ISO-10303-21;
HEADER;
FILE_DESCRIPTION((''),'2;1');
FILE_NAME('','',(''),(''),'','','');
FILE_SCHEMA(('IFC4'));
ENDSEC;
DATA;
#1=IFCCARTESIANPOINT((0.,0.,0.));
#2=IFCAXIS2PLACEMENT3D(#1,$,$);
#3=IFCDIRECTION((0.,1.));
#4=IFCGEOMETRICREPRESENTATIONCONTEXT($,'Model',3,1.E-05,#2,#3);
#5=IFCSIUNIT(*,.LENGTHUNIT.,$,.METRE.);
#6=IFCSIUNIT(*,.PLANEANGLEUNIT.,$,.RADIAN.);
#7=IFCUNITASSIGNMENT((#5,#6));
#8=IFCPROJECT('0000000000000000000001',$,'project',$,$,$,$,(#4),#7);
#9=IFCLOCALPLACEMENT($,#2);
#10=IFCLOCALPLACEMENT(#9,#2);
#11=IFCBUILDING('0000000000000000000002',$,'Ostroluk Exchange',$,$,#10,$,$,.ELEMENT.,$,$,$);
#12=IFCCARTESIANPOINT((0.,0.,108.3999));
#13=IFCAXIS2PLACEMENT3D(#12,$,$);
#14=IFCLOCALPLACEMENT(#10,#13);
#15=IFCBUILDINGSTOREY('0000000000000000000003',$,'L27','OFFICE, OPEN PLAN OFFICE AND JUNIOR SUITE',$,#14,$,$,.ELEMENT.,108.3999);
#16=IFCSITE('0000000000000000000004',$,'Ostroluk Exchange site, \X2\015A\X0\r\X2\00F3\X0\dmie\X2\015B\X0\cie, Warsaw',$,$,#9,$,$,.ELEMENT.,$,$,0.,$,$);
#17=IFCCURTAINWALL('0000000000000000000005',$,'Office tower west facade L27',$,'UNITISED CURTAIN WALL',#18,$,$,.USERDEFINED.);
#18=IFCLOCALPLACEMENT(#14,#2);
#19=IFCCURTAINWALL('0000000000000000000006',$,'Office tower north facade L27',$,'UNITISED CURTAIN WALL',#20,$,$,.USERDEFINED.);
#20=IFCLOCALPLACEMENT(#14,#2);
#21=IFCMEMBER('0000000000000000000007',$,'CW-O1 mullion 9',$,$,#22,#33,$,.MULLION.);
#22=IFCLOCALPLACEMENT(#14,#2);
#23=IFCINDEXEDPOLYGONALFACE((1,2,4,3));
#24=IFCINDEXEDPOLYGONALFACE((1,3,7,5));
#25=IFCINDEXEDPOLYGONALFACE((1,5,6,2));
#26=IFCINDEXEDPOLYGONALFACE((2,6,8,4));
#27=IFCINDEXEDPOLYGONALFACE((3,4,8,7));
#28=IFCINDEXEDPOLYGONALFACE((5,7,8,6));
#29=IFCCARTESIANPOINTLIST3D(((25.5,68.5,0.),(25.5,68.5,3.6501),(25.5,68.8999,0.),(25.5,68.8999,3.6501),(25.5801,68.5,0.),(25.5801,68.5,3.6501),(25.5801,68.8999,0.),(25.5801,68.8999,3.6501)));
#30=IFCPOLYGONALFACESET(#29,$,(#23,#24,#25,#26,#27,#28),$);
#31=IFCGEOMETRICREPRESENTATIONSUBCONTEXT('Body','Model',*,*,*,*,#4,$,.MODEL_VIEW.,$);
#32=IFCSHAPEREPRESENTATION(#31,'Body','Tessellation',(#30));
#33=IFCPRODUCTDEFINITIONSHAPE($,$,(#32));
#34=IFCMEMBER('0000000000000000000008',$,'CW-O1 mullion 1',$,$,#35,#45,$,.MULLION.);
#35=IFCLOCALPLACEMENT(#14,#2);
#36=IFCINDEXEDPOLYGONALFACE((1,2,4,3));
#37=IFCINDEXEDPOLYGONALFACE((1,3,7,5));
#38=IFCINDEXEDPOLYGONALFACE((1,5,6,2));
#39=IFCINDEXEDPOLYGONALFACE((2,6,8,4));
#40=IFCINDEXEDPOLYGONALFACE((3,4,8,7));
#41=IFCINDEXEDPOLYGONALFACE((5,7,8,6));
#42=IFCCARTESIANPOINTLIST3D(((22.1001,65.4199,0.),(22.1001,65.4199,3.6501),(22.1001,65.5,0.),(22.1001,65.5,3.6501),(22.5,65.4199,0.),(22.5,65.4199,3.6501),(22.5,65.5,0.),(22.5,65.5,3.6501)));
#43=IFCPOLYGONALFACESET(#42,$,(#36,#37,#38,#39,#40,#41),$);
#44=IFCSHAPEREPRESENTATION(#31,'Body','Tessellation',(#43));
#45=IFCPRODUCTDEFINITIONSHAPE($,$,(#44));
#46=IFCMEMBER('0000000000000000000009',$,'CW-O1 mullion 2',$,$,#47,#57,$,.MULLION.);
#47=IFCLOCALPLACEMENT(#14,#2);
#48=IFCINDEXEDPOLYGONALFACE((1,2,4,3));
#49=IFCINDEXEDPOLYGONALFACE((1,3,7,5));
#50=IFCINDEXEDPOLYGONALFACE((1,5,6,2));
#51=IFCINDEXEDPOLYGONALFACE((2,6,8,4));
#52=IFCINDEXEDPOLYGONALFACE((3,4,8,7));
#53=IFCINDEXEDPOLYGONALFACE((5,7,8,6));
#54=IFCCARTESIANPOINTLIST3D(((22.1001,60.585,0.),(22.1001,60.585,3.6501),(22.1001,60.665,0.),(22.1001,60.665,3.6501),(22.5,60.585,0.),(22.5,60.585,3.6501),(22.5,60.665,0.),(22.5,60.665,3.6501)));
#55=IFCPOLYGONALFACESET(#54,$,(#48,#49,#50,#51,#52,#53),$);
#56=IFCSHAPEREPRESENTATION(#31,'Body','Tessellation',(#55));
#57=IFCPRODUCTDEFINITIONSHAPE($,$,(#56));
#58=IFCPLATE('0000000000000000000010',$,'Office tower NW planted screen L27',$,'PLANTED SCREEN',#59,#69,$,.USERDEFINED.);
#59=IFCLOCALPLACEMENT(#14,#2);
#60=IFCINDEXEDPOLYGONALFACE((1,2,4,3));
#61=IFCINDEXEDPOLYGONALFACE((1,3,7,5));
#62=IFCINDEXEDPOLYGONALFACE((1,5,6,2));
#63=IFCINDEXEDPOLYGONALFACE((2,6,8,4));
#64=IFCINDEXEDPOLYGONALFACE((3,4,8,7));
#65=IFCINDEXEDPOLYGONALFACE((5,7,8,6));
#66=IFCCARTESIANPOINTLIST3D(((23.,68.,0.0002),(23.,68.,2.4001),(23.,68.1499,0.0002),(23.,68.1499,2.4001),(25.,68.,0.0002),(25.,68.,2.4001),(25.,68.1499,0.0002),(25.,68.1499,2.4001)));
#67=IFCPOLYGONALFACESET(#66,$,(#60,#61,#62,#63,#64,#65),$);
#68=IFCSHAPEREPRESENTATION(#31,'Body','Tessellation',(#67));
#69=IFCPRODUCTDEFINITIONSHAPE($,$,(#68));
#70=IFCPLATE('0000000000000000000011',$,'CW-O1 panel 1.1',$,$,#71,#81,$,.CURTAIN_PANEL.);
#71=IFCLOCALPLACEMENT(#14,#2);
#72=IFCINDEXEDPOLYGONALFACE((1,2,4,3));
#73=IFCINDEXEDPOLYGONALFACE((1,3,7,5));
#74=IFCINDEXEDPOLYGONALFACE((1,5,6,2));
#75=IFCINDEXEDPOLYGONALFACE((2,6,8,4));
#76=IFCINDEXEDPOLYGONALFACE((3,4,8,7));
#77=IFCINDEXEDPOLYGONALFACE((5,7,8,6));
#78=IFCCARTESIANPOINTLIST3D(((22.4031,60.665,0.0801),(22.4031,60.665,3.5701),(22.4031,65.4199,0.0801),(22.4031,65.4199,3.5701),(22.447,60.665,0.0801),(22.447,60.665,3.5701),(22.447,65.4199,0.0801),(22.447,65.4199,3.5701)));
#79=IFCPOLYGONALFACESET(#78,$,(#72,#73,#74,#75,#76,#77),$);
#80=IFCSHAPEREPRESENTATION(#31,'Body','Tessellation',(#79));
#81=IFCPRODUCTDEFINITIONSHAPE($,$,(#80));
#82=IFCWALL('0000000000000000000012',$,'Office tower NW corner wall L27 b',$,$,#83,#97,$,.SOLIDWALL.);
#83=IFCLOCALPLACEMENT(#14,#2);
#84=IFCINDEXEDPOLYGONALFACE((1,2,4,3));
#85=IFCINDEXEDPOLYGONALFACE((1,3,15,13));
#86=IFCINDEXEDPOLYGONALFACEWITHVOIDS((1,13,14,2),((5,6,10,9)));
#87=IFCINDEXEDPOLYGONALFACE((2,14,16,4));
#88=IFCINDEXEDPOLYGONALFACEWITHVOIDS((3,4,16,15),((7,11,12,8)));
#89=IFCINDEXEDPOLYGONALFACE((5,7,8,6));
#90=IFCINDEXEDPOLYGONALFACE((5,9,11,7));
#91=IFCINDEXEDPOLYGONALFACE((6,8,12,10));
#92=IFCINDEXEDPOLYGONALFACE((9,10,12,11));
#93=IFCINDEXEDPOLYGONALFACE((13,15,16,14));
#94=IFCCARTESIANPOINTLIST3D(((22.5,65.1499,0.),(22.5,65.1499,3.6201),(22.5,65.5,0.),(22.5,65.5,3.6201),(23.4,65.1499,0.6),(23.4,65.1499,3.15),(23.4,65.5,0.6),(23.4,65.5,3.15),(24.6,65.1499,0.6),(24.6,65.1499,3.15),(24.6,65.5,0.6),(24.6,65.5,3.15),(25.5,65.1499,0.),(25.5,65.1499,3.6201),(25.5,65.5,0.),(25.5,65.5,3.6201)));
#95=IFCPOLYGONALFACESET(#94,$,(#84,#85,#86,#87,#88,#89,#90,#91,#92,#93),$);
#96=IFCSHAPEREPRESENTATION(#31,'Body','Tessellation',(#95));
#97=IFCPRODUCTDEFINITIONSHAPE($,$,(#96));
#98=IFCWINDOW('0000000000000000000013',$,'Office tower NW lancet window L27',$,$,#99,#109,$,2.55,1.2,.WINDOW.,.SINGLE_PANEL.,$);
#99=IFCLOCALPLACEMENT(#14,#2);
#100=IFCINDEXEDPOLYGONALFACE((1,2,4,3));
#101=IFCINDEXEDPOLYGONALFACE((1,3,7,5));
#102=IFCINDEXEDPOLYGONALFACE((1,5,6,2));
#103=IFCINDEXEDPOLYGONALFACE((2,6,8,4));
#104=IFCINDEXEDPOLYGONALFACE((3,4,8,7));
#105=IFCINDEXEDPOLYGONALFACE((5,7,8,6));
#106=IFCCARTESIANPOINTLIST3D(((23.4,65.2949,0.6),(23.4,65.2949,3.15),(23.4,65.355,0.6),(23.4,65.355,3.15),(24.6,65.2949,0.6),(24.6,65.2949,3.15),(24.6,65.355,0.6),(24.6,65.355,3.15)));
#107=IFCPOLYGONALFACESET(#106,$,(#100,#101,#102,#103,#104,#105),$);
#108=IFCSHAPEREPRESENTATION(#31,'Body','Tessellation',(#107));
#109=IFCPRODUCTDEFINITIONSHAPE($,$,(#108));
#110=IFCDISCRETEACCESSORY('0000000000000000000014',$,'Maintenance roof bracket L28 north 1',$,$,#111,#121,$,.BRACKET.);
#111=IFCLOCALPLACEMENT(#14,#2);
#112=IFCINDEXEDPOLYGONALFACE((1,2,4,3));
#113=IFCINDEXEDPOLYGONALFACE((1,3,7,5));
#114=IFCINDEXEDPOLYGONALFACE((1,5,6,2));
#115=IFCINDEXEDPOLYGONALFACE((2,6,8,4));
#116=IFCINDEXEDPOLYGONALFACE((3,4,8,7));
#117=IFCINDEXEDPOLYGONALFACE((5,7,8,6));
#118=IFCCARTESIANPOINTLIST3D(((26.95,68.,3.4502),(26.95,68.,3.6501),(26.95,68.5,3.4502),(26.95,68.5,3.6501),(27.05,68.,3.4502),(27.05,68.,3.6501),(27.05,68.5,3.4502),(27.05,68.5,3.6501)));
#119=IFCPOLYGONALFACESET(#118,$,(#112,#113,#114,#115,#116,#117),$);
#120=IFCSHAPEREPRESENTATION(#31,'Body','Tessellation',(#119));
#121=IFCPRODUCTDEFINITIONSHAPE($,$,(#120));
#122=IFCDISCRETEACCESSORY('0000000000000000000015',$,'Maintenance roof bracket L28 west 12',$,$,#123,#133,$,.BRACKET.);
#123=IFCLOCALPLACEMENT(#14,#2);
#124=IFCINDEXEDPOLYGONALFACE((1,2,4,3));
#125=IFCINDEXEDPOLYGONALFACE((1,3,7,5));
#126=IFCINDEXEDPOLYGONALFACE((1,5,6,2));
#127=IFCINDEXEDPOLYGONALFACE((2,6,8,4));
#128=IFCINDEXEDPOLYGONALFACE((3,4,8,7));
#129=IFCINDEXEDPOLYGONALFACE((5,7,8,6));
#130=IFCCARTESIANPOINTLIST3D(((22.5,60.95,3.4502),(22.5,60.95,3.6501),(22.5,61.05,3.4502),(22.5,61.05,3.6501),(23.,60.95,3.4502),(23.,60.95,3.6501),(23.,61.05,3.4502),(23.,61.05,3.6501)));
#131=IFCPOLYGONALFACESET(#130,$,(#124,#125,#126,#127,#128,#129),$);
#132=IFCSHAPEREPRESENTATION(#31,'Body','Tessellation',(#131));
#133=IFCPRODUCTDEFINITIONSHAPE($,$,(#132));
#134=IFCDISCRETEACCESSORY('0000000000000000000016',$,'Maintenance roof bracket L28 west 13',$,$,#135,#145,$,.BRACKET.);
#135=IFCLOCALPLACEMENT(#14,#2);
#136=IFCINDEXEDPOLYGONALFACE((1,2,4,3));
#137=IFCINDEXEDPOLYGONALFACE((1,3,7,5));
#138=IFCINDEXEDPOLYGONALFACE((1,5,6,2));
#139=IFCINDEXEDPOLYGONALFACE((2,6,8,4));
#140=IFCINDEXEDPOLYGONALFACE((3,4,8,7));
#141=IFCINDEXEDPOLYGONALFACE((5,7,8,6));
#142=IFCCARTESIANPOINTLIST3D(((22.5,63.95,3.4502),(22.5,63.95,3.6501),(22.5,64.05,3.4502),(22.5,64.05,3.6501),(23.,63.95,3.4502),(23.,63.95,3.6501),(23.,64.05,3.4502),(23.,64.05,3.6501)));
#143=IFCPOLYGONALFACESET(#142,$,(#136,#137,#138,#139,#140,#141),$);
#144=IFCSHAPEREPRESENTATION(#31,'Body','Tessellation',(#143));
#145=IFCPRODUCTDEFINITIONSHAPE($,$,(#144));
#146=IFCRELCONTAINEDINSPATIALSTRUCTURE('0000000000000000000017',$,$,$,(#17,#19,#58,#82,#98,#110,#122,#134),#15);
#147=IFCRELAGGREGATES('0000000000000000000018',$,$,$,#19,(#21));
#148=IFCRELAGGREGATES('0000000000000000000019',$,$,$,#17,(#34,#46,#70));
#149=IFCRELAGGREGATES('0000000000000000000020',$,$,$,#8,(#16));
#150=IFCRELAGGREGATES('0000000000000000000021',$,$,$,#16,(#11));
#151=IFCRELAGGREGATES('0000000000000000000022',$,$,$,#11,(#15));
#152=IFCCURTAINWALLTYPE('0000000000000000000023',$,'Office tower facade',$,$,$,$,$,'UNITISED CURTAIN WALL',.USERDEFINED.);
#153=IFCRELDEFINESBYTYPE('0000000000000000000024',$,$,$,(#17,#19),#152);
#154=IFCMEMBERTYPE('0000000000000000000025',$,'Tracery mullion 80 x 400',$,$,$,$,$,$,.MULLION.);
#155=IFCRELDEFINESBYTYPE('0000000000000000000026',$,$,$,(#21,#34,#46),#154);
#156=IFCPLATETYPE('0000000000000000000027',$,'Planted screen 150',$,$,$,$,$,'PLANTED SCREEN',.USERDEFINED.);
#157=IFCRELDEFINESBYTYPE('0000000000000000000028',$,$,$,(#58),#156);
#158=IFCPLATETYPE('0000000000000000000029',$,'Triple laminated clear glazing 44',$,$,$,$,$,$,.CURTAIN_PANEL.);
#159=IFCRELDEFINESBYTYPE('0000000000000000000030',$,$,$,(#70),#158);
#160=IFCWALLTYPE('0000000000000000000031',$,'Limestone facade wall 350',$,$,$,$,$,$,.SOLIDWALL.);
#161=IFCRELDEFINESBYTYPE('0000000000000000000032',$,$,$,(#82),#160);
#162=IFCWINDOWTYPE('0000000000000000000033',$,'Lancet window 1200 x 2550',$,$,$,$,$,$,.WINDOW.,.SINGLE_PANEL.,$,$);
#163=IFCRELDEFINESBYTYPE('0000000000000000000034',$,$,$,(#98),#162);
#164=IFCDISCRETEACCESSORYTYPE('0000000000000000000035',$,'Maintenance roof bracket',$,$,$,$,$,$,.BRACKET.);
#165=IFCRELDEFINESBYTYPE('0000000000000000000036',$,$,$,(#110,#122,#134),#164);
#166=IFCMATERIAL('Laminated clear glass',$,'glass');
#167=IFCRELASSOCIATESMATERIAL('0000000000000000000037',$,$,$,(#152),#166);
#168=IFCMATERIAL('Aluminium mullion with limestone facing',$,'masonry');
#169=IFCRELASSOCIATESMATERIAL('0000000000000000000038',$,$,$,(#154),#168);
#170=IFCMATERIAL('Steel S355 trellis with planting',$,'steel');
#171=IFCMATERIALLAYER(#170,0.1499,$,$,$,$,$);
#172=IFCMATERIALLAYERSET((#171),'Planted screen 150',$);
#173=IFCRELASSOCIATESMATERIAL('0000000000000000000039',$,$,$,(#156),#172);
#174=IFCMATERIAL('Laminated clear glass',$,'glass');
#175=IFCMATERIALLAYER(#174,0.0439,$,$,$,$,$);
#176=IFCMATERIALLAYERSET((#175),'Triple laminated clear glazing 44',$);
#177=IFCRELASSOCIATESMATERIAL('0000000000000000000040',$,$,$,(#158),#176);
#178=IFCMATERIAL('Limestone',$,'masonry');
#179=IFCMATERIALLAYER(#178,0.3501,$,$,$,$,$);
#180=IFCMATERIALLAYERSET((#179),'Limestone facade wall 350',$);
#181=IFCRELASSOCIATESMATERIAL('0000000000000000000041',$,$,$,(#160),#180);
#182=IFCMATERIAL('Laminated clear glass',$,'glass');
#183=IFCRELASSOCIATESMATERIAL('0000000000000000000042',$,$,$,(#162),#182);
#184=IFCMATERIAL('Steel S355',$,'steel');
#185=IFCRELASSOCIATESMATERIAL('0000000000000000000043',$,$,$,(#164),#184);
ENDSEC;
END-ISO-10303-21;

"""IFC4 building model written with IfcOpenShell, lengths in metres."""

from ifc_helpers import new_model, si_unit, direction, frame, frame_2d, origin, origin_2d, place, context, subcontext, project, spatial, rectangle, extrude, material, layer, layer_set, material_profile, profile_set, type_object, element, fill, aggregate, save


model = new_model("IFC4")

# Units and contexts
model_context = context("Model", 3, precision=1e-05, world=origin(), true_north=direction((0.0, 1.0)))
body_context = subcontext(model_context, "Body", "Model", "MODEL_VIEW")
ifc_project = project(units=[si_unit("LENGTHUNIT", "METRE"), si_unit("PLANEANGLEUNIT", "RADIAN")], contexts=[model_context])

# Site, building, storey
site_placement = place(None, origin())
site = spatial("IfcSite", under=ifc_project, at=site_placement, Name="Ostroluk Exchange site, Śródmieście, Warsaw", CompositionType="ELEMENT", RefElevation=0.0)
building_placement = place(site_placement, origin())
building = spatial("IfcBuilding", under=site, at=building_placement, Name="Ostroluk Exchange", CompositionType="ELEMENT")
storey_placement = place(building_placement, frame((0.0, 0.0, 108.3999)))
storey = spatial("IfcBuildingStorey", under=building, at=storey_placement, Name="L27", Description="OFFICE, OPEN PLAN OFFICE AND JUNIOR SUITE", CompositionType="ELEMENT", Elevation=108.3999)

# Curtain wall
ifc_material_1 = material(Name="Laminated clear glass", Category="glass")
curtain_wall_type = type_object("IfcCurtainWallType", Name="Office tower facade", ElementType="UNITISED CURTAIN WALL", PredefinedType="USERDEFINED", material=ifc_material_1)
curtain_wall_1_placement = place(storey_placement, origin())
curtain_wall_1 = element("IfcCurtainWall", 1, at=curtain_wall_1_placement, inside=storey, type_object=curtain_wall_type, Name="Office tower west facade L27", ObjectType="UNITISED CURTAIN WALL", PredefinedType="USERDEFINED")

# Curtain wall, member
curtain_wall_2_placement = place(storey_placement, origin())
curtain_wall_2 = element("IfcCurtainWall", 2, at=curtain_wall_2_placement, inside=storey, type_object=curtain_wall_type, Name="Office tower north facade L27", ObjectType="UNITISED CURTAIN WALL", PredefinedType="USERDEFINED")
ifc_material_2 = material(Name="Aluminium mullion with limestone facing", Category="masonry")
ifc_material_profile_1 = material_profile(ifc_material_2, rectangle(XDim=0.3999, YDim=0.0801, at=origin_2d()), Name="Tracery mullion 80 x 400")
ifc_profile_set_1 = profile_set([ifc_material_profile_1], Name="Aluminium mullion with limestone facing")
member_type_1 = type_object("IfcMemberType", Name="Tracery mullion 80 x 400", PredefinedType="MULLION", material=ifc_profile_set_1)
member_1_placement = place(storey_placement, frame((25.54, 68.7, 0.0), z_axis=(0.0, 0.0, 1.0), x_axis=(0.0, -1.0, 0.0)))
member_1 = element("IfcMember", 3, at=member_1_placement, type_object=member_type_1, Name="CW-O1 mullion 9", PredefinedType="MULLION", context=body_context, shape_type="SweptSolid", body=[
    extrude(rectangle(XDim=0.3999, YDim=0.0801, at=origin_2d()), origin(), (0.0, 0.0, 1.0), 3.6501),
])
aggregate(curtain_wall_2, [member_1])

# Members
member_2_placement = place(storey_placement, frame((22.3, 65.46, 0.0), z_axis=(0.0, 0.0, 1.0), x_axis=(1.0, 0.0, 0.0)))
member_2 = element("IfcMember", 4, at=member_2_placement, type_object=member_type_1, Name="CW-O1 mullion 1", PredefinedType="MULLION", context=body_context, shape_type="SweptSolid", body=[
    extrude(rectangle(XDim=0.3999, YDim=0.0801, at=origin_2d()), origin(), (0.0, 0.0, 1.0), 3.6501),
])
member_3_placement = place(storey_placement, frame((22.3, 60.625, 0.0), z_axis=(0.0, 0.0, 1.0), x_axis=(1.0, 0.0, 0.0)))
member_3 = element("IfcMember", 5, at=member_3_placement, type_object=member_type_1, Name="CW-O1 mullion 2", PredefinedType="MULLION", context=body_context, shape_type="SweptSolid", body=[
    extrude(rectangle(XDim=0.3999, YDim=0.0801, at=origin_2d()), origin(), (0.0, 0.0, 1.0), 3.6501),
])

# Plates
ifc_material_3 = material(Name="Steel S355 trellis with planting", Category="steel")
ifc_layer_1 = layer(ifc_material_3, 0.1499)
ifc_layer_set_1 = layer_set([ifc_layer_1], Name="Planted screen 150")
plate_type_1 = type_object("IfcPlateType", Name="Planted screen 150", ElementType="PLANTED SCREEN", PredefinedType="USERDEFINED", material=ifc_layer_set_1)
plate_1_placement = place(storey_placement, frame((24.0, 68.075, 0.0002), z_axis=(0.0, 0.0, 1.0), x_axis=(1.0, 0.0, 0.0)))
element("IfcPlate", 6, at=plate_1_placement, inside=storey, type_object=plate_type_1, Name="Office tower NW planted screen L27", ObjectType="PLANTED SCREEN", PredefinedType="USERDEFINED", context=body_context, shape_type="SweptSolid", body=[
    extrude(rectangle(XDim=2.0, YDim=0.1499, at=origin_2d()), origin(), (0.0, 0.0, 1.0), 2.3999),
])
ifc_material_4 = material(Name="Laminated clear glass", Category="glass")
ifc_layer_2 = layer(ifc_material_4, 0.0439)
ifc_layer_set_2 = layer_set([ifc_layer_2], Name="Triple laminated clear glazing 44")
plate_type_2 = type_object("IfcPlateType", Name="Triple laminated clear glazing 44", PredefinedType="CURTAIN_PANEL", material=ifc_layer_set_2)
plate_2_placement = place(storey_placement, frame((22.425, 63.0425, 0.0801), z_axis=(0.0, 0.0, 1.0), x_axis=(0.0, -1.0, 0.0)))
plate_2 = element("IfcPlate", 7, at=plate_2_placement, type_object=plate_type_2, Name="CW-O1 panel 1.1", PredefinedType="CURTAIN_PANEL", context=body_context, shape_type="SweptSolid", body=[
    extrude(rectangle(XDim=4.7549, YDim=0.0439, at=origin_2d()), origin(), (0.0, 0.0, 1.0), 3.49),
])
aggregate(curtain_wall_1, [member_2, member_3, plate_2])

# Shared definitions
ifc_material_5 = material(Name="Limestone", Category="masonry")
ifc_layer_3 = layer(ifc_material_5, 0.3501)
ifc_layer_set_3 = layer_set([ifc_layer_3], Name="Limestone facade wall 350")
wall_type = type_object("IfcWallType", Name="Limestone facade wall 350", PredefinedType="SOLIDWALL", material=ifc_layer_set_3)

# Wall, opening, window
wall_1_placement = place(storey_placement, frame((25.5, 65.325, 0.0), z_axis=(0.0, 0.0, 1.0), x_axis=(-1.0, 0.0, 0.0)))
wall_1 = element("IfcWall", 8, at=wall_1_placement, inside=storey, type_object=wall_type, Name="Office tower NW corner wall L27 b", PredefinedType="SOLIDWALL", context=body_context, shape_type="SweptSolid", body=[
    extrude(rectangle(XDim=3.0, YDim=0.3501, at=frame_2d((1.5, 0.0))), origin(), (0.0, 0.0, 1.0), 3.6201),
])
opening_1_placement = place(wall_1_placement, frame((0.8999, 0.0, 0.6001)))
opening_1 = element("IfcOpeningElement", 9, at=opening_1_placement, cuts=wall_1, PredefinedType="OPENING", context=body_context, shape_type="SweptSolid", body=[
    extrude(rectangle(XDim=1.2, YDim=2.55, at=frame_2d((0.6001, 1.2749))), frame((0.0, 0.1851, 0.0), z_axis=(0.0, -1.0, 0.0), x_axis=(1.0, 0.0, 0.0)), (0.0, 0.0, 1.0), 0.3701),
])
ifc_material_6 = material(Name="Laminated clear glass", Category="glass")
window_type = type_object("IfcWindowType", Name="Lancet window 1200 x 2550", PartitioningType="SINGLE_PANEL", PredefinedType="WINDOW", material=ifc_material_6)
window_placement = place(opening_1_placement, origin())
window = element("IfcWindow", 10, at=window_placement, inside=storey, type_object=window_type, Name="Office tower NW lancet window L27", OverallHeight=2.55, OverallWidth=1.2, PartitioningType="SINGLE_PANEL", PredefinedType="WINDOW", context=body_context, shape_type="SweptSolid", body=[
    extrude(rectangle(XDim=1.2, YDim=2.55, at=frame_2d((0.6001, 1.2749))), frame((0.0, 0.03, 0.0), z_axis=(0.0, -1.0, 0.0), x_axis=(1.0, 0.0, 0.0)), (0.0, 0.0, 1.0), 0.0601),
])
fill(opening_1, window)

# Discrete accessories
ifc_material_7 = material(Name="Steel S355", Category="steel")
discrete_accessory_type = type_object("IfcDiscreteAccessoryType", Name="Maintenance roof bracket", PredefinedType="BRACKET", material=ifc_material_7)
discrete_accessory_placement = place(storey_placement, frame((27.0, 68.25, 3.4502), z_axis=(0.0, 0.0, 1.0), x_axis=(1.0, 0.0, 0.0)))
element("IfcDiscreteAccessory", 11, at=discrete_accessory_placement, inside=storey, type_object=discrete_accessory_type, Name="Maintenance roof bracket L28 north 1", PredefinedType="BRACKET", context=body_context, shape_type="SweptSolid", body=[
    extrude(rectangle(XDim=0.1001, YDim=0.5, at=origin_2d()), origin(), (0.0, 0.0, 1.0), 0.2),
])
for number, where, z_axis, x_axis, name in (
    (12, (22.75, 61.0, 3.4502), (0.0, 0.0, 1.0), (1.0, 0.0, 0.0), "Maintenance roof bracket L28 west 12"),
    (13, (22.75, 64.0, 3.4502), (0.0, 0.0, 1.0), (1.0, 0.0, 0.0), "Maintenance roof bracket L28 west 13"),
):
    element("IfcDiscreteAccessory", number, at=place(storey_placement, frame(where, z_axis=z_axis, x_axis=x_axis)), inside=storey, type_object=discrete_accessory_type, Name=name, PredefinedType="BRACKET", context=body_context, shape_type="SweptSolid", body=[
        extrude(rectangle(XDim=0.5, YDim=0.1001, at=origin_2d()), origin(), (0.0, 0.0, 1.0), 0.2),
    ])

save(model, "model.ifc")
